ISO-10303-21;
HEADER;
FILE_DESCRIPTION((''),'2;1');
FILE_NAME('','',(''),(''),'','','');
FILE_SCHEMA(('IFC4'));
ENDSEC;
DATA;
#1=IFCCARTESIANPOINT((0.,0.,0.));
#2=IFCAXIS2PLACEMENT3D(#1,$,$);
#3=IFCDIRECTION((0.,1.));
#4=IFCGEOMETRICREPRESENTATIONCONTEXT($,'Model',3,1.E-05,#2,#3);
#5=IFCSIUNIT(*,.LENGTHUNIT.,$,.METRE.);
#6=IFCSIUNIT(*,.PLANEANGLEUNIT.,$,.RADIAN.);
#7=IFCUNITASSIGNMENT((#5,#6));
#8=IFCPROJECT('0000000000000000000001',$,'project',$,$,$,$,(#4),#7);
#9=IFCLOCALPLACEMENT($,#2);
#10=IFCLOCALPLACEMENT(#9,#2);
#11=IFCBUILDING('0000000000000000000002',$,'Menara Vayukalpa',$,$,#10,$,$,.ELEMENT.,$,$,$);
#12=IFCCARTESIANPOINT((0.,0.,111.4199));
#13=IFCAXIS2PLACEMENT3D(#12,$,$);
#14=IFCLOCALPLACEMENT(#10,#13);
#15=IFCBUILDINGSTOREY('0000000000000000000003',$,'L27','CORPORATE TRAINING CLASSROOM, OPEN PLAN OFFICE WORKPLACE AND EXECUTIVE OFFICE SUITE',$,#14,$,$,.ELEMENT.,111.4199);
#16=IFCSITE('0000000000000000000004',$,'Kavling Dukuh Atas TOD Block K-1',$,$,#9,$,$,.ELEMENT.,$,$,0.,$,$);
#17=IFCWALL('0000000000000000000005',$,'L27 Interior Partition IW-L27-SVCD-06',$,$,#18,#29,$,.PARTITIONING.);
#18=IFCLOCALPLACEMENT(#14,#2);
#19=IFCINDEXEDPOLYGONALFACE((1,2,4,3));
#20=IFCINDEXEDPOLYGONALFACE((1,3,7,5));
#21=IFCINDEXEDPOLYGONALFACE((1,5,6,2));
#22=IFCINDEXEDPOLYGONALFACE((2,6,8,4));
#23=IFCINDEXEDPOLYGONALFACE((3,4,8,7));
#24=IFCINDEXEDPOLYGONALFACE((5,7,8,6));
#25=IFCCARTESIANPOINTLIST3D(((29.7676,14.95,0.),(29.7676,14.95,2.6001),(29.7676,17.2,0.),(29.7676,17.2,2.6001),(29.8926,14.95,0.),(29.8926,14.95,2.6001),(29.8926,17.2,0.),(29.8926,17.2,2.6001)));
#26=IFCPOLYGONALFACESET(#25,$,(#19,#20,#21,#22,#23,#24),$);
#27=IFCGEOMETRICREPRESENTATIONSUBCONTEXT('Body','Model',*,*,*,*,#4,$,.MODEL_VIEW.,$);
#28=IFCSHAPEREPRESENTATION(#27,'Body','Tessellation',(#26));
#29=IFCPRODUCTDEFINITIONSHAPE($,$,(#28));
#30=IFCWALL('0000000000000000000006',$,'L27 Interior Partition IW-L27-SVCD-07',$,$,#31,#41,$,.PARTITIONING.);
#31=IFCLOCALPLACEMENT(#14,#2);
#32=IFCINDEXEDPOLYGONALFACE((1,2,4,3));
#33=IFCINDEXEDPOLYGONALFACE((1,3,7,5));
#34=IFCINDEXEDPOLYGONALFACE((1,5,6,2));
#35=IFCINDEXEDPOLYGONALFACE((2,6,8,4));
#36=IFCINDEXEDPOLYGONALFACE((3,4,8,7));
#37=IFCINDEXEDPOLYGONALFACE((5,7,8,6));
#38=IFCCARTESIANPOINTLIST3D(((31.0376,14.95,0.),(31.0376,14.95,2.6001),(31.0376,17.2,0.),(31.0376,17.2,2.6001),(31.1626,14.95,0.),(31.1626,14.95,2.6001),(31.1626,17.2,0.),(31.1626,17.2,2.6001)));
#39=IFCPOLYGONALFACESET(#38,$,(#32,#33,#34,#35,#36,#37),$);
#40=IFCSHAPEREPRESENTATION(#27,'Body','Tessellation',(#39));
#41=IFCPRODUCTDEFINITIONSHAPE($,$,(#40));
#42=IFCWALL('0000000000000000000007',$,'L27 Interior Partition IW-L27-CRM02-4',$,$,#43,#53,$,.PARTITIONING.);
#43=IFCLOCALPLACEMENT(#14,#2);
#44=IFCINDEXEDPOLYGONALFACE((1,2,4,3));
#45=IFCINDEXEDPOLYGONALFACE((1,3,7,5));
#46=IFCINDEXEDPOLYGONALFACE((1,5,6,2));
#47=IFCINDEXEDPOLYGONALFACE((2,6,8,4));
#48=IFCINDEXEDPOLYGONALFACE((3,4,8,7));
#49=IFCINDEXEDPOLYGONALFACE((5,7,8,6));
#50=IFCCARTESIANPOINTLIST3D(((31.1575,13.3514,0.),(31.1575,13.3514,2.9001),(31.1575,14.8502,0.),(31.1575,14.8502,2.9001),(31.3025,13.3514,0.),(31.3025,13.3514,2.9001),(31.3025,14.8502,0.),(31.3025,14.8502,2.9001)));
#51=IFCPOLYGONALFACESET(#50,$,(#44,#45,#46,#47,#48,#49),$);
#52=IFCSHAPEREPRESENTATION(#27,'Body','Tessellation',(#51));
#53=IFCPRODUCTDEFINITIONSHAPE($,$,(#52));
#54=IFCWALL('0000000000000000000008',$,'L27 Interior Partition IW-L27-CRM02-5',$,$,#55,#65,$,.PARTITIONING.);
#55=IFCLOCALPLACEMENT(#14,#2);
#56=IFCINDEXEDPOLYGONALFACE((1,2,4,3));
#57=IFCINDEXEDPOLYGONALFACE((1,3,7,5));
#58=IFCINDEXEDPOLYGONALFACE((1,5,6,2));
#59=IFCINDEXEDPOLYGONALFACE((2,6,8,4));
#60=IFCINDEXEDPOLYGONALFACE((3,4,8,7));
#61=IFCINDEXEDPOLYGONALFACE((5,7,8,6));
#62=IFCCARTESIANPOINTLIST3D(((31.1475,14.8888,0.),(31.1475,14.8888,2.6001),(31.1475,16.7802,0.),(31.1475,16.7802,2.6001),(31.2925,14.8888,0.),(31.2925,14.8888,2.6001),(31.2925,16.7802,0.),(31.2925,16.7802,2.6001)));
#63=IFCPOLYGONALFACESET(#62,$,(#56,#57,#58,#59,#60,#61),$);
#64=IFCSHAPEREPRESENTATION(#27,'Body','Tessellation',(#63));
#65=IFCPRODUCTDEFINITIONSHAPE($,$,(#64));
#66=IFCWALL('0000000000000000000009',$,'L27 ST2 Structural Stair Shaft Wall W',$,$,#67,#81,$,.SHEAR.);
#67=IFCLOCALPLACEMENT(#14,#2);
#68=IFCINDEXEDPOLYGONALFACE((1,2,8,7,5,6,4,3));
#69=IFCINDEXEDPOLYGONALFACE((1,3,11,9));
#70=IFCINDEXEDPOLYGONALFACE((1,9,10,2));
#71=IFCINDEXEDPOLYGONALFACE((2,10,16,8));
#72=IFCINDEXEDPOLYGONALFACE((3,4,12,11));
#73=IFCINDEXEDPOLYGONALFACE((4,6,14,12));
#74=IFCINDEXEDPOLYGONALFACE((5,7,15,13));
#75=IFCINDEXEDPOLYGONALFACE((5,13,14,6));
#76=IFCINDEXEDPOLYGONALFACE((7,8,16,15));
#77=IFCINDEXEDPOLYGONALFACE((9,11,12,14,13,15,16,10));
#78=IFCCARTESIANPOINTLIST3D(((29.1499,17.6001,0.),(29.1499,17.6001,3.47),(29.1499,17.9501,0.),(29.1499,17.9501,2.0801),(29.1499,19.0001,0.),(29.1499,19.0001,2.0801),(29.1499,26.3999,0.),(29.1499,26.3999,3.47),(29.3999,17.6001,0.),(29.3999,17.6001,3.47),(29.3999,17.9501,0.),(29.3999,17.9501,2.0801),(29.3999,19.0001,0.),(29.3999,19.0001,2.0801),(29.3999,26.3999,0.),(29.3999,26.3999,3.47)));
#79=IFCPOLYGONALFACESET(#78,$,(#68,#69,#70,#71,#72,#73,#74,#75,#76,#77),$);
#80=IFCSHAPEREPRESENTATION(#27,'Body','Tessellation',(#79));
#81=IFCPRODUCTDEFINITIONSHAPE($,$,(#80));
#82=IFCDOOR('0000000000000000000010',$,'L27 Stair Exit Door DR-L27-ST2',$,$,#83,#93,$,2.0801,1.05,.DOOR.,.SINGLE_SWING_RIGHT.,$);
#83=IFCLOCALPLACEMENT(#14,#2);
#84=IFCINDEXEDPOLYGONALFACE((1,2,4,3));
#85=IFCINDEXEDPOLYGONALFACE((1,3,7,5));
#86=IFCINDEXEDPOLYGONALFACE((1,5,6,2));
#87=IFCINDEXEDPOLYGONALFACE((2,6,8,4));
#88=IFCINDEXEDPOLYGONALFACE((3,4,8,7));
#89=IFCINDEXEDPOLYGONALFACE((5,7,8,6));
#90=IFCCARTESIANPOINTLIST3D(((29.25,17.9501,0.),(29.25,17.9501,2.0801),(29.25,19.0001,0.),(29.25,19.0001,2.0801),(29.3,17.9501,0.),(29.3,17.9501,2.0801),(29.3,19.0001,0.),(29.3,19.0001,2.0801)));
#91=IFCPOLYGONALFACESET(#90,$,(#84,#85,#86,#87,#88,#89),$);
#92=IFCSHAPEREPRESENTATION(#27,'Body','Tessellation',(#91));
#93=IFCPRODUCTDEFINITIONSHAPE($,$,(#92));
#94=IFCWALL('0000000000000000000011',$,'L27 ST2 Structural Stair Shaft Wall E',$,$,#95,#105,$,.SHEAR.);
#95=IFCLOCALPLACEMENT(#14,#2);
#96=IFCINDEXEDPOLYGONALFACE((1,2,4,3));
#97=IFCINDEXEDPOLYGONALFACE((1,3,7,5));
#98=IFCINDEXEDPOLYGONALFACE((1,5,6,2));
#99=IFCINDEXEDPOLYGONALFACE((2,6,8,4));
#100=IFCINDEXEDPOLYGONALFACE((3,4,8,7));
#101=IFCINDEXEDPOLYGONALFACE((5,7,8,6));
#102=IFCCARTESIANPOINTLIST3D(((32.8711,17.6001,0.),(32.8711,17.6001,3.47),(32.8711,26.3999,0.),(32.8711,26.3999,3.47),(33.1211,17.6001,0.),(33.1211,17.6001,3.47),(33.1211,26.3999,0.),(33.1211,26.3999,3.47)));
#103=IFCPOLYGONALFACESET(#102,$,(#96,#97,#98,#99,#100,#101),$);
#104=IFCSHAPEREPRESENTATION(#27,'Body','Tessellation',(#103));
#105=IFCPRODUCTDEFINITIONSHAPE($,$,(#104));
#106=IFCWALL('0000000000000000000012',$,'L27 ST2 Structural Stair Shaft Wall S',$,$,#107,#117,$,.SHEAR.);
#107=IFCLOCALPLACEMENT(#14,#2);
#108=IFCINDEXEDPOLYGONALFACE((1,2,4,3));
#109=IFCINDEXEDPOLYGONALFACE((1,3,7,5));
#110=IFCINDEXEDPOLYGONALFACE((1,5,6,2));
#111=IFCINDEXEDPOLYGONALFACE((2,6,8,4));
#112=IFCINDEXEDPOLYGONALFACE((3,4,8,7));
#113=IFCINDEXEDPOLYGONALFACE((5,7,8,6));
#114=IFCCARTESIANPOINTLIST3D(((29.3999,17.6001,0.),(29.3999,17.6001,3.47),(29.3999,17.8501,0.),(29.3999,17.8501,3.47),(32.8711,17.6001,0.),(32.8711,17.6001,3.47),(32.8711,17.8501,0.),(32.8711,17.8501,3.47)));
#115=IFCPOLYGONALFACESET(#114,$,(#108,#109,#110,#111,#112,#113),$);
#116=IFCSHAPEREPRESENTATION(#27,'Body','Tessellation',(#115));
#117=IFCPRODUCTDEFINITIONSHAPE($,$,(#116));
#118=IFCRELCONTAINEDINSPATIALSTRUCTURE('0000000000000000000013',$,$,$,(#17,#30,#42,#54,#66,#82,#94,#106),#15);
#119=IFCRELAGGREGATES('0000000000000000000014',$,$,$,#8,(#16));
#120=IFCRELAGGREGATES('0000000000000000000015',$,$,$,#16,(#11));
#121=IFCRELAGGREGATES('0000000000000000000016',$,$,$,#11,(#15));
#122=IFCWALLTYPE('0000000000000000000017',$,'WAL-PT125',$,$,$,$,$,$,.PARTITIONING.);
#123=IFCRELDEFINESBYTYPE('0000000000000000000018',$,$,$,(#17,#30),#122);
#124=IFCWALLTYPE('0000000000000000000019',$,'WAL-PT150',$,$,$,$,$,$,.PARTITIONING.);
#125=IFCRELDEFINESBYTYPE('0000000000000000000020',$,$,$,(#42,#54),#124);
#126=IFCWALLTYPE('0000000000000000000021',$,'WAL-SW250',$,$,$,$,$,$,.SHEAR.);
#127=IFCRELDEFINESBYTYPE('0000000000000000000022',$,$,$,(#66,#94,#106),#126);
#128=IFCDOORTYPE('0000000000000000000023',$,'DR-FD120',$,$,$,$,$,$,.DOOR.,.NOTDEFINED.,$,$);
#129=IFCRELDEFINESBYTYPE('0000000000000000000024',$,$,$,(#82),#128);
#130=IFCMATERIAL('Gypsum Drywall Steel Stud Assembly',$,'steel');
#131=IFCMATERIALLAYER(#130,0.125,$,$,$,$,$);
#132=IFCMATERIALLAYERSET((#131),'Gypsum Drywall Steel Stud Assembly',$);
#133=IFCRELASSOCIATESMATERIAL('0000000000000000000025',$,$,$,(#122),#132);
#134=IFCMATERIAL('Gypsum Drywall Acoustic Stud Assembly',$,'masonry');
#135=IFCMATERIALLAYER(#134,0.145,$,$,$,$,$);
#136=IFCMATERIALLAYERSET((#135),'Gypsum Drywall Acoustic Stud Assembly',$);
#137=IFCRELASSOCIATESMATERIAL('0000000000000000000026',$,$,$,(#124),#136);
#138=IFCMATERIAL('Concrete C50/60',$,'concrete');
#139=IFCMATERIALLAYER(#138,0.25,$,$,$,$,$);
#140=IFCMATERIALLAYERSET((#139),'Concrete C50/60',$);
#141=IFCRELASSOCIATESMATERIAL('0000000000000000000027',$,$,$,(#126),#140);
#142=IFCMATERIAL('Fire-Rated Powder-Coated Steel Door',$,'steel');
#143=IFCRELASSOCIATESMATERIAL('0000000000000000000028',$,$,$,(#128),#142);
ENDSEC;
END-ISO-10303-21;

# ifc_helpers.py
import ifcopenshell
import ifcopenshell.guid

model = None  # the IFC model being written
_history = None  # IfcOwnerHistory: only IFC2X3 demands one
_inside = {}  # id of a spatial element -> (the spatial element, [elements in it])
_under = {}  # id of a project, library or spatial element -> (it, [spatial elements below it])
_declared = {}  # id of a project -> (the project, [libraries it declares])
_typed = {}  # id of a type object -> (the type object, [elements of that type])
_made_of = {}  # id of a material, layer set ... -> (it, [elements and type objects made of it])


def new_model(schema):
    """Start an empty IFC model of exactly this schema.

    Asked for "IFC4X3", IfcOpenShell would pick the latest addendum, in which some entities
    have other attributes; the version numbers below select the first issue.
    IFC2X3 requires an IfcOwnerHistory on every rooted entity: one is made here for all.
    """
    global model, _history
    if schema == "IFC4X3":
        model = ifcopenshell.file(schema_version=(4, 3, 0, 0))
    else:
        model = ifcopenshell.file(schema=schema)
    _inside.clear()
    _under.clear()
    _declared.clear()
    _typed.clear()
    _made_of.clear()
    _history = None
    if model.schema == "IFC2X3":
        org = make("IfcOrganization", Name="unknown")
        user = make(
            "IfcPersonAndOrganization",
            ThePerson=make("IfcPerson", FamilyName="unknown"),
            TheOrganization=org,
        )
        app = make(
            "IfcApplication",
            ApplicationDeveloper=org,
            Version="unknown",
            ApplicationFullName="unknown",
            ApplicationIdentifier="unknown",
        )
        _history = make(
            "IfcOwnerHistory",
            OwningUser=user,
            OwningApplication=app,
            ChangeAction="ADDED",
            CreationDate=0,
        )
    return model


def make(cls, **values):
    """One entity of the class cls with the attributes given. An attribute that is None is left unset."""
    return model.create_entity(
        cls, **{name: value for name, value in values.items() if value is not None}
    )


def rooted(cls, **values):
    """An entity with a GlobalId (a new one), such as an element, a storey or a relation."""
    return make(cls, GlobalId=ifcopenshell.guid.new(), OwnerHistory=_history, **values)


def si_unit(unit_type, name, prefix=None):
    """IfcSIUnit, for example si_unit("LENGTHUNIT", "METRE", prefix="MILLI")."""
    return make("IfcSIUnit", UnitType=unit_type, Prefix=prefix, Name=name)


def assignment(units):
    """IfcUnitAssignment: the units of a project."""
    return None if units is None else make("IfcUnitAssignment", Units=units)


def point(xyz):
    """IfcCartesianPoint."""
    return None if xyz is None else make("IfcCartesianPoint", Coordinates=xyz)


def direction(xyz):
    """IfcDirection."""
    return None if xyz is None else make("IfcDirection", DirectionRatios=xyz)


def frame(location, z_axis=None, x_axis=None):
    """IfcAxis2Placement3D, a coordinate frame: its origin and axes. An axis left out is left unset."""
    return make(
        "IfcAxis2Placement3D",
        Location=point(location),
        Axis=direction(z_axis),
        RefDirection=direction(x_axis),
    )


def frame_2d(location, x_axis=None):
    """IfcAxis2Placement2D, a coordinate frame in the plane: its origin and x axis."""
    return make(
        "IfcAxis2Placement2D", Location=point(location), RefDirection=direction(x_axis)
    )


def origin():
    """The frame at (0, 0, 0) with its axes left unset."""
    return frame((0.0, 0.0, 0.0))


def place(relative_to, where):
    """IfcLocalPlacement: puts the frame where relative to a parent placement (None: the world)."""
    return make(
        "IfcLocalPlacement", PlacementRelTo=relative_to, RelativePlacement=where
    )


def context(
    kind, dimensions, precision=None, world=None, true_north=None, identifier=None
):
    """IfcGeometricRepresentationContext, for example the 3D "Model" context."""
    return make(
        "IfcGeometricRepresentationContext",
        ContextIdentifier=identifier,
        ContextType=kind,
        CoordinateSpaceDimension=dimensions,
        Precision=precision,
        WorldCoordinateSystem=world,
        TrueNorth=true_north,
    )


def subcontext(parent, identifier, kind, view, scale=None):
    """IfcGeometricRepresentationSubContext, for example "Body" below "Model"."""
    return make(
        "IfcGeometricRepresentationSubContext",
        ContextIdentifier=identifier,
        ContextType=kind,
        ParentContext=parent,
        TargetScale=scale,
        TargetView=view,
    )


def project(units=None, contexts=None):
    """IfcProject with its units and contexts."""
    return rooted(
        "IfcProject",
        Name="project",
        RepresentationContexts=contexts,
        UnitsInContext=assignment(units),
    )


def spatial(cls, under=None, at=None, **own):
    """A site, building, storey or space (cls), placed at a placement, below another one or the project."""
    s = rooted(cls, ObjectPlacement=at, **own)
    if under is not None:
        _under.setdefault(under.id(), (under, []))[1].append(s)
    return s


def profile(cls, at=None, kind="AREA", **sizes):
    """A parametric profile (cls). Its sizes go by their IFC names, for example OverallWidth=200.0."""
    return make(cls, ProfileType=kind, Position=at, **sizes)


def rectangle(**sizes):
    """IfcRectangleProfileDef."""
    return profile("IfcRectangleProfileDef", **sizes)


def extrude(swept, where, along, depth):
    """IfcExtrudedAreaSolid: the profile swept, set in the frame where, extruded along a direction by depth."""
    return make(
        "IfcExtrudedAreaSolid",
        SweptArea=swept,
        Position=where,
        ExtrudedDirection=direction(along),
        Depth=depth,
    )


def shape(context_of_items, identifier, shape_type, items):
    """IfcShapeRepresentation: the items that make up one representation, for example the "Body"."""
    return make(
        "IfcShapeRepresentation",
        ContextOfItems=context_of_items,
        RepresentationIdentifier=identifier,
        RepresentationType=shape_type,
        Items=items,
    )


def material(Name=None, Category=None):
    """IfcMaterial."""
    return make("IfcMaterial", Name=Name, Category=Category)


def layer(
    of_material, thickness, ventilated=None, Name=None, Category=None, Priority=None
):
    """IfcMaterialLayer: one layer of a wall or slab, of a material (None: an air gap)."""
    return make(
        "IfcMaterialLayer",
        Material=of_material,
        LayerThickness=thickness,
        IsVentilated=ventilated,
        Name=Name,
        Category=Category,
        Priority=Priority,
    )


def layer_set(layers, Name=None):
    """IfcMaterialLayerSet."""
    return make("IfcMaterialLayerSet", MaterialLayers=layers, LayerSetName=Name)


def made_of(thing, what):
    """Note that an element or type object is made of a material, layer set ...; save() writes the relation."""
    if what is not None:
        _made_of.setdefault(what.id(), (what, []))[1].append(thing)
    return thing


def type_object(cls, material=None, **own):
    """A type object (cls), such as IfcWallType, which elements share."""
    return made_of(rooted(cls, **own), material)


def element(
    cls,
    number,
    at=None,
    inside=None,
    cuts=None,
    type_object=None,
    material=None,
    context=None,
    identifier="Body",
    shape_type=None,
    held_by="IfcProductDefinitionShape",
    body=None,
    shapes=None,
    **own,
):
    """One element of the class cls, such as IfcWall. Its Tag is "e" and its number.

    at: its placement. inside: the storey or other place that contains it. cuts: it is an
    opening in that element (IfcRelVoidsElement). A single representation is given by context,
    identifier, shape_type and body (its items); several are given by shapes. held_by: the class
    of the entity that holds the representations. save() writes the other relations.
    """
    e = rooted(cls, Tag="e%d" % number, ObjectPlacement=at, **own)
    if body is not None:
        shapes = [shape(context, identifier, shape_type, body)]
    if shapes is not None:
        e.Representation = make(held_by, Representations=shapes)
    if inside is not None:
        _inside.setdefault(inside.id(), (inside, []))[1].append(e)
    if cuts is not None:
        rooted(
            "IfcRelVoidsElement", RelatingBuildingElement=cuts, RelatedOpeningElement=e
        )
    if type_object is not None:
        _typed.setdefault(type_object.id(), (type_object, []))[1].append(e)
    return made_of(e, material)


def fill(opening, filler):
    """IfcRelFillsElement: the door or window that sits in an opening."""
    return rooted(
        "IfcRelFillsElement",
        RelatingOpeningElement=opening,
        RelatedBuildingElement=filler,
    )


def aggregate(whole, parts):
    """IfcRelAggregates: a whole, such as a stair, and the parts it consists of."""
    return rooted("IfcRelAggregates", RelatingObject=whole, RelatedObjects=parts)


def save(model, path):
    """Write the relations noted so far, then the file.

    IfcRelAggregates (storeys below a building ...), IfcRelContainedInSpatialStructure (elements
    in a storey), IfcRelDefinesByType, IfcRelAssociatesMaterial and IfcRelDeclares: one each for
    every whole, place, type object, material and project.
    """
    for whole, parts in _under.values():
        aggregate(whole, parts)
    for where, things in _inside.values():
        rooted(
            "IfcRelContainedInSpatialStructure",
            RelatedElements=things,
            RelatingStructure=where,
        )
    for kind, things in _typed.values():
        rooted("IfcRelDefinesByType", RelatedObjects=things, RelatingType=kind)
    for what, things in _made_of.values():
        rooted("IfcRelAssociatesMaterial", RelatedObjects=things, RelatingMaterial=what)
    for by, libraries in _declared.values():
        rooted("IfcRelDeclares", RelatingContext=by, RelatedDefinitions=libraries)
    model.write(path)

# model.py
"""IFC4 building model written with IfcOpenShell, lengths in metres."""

from ifc_helpers import new_model, si_unit, direction, frame, frame_2d, origin, place, context, subcontext, project, spatial, rectangle, extrude, material, layer, layer_set, type_object, element, fill, save


model = new_model("IFC4")

# Units and contexts
model_context = context("Model", 3, precision=1e-05, world=origin(), true_north=direction((0.0, 1.0)))
body_context = subcontext(model_context, "Body", "Model", "MODEL_VIEW")
ifc_project = project(units=[si_unit("LENGTHUNIT", "METRE"), si_unit("PLANEANGLEUNIT", "RADIAN")], contexts=[model_context])

# Site, building, storey
site_placement = place(None, origin())
site = spatial("IfcSite", under=ifc_project, at=site_placement, Name="Kavling Dukuh Atas TOD Block K-1", CompositionType="ELEMENT", RefElevation=0.0)
building_placement = place(site_placement, origin())
building = spatial("IfcBuilding", under=site, at=building_placement, Name="Menara Vayukalpa", CompositionType="ELEMENT")
storey_placement = place(building_placement, frame((0.0, 0.0, 111.4199)))
storey = spatial("IfcBuildingStorey", under=building, at=storey_placement, Name="L27", Description="CORPORATE TRAINING CLASSROOM, OPEN PLAN OFFICE WORKPLACE AND EXECUTIVE OFFICE SUITE", CompositionType="ELEMENT", Elevation=111.4199)

# Walls
ifc_material_1 = material(Name="Gypsum Drywall Steel Stud Assembly", Category="steel")
ifc_layer_1 = layer(ifc_material_1, 0.125)
ifc_layer_set_1 = layer_set([ifc_layer_1], Name="Gypsum Drywall Steel Stud Assembly")
wall_type_1 = type_object("IfcWallType", Name="WAL-PT125", PredefinedType="PARTITIONING", material=ifc_layer_set_1)
for number, where, z_axis, x_axis, name in (
    (1, (29.8301, 14.95, 0.0), (0.0, 0.0, 1.0), (0.0, 1.0, 0.0), "L27 Interior Partition IW-L27-SVCD-06"),
    (2, (31.1001, 14.95, 0.0), (0.0, 0.0, 1.0), (0.0, 1.0, 0.0), "L27 Interior Partition IW-L27-SVCD-07"),
):
    element("IfcWall", number, at=place(storey_placement, frame(where, z_axis=z_axis, x_axis=x_axis)), inside=storey, type_object=wall_type_1, Name=name, PredefinedType="PARTITIONING", context=body_context, shape_type="SweptSolid", body=[
        extrude(rectangle(XDim=2.25, YDim=0.125, at=frame_2d((1.125, 0.0))), origin(), (0.0, 0.0, 1.0), 2.6001),
    ])
ifc_material_2 = material(Name="Gypsum Drywall Acoustic Stud Assembly", Category="masonry")
ifc_layer_2 = layer(ifc_material_2, 0.145)
ifc_layer_set_2 = layer_set([ifc_layer_2], Name="Gypsum Drywall Acoustic Stud Assembly")
wall_type_2 = type_object("IfcWallType", Name="WAL-PT150", PredefinedType="PARTITIONING", material=ifc_layer_set_2)
wall_1_placement = place(storey_placement, frame((31.23, 13.3513, 0.0), z_axis=(0.0, 0.0, 1.0), x_axis=(0.0, 1.0, 0.0)))
element("IfcWall", 3, at=wall_1_placement, inside=storey, type_object=wall_type_2, Name="L27 Interior Partition IW-L27-CRM02-4", PredefinedType="PARTITIONING", context=body_context, shape_type="SweptSolid", body=[
    extrude(rectangle(XDim=1.4988, YDim=0.145, at=frame_2d((0.7495, 0.0))), origin(), (0.0, 0.0, 1.0), 2.9001),
])
wall_2_placement = place(storey_placement, frame((31.22, 14.8887, 0.0), z_axis=(0.0, 0.0, 1.0), x_axis=(0.0, 1.0, 0.0)))
element("IfcWall", 4, at=wall_2_placement, inside=storey, type_object=wall_type_2, Name="L27 Interior Partition IW-L27-CRM02-5", PredefinedType="PARTITIONING", context=body_context, shape_type="SweptSolid", body=[
    extrude(rectangle(XDim=1.8914, YDim=0.145, at=frame_2d((0.9458, 0.0))), origin(), (0.0, 0.0, 1.0), 2.6001),
])

# Wall, opening, door
ifc_material_3 = material(Name="Concrete C50/60", Category="concrete")
ifc_layer_3 = layer(ifc_material_3, 0.25)
ifc_layer_set_3 = layer_set([ifc_layer_3], Name="Concrete C50/60")
wall_type_3 = type_object("IfcWallType", Name="WAL-SW250", PredefinedType="SHEAR", material=ifc_layer_set_3)
wall_3_placement = place(storey_placement, frame((29.2749, 17.6001, 0.0), z_axis=(0.0, 0.0, 1.0), x_axis=(0.0, 1.0, 0.0)))
wall_3 = element("IfcWall", 5, at=wall_3_placement, inside=storey, type_object=wall_type_3, Name="L27 ST2 Structural Stair Shaft Wall W", PredefinedType="SHEAR", context=body_context, shape_type="SweptSolid", body=[
    extrude(rectangle(XDim=8.7998, YDim=0.25, at=frame_2d((4.3999, 0.0))), origin(), (0.0, 0.0, 1.0), 3.47),
])
opening_placement = place(wall_3_placement, frame((0.3501, 0.0, 0.0)))
opening = element("IfcOpeningElement", 6, at=opening_placement, cuts=wall_3, PredefinedType="OPENING", context=body_context, shape_type="SweptSolid", body=[
    extrude(rectangle(XDim=1.05, YDim=2.0801, at=frame_2d((0.5249, 1.04))), frame((0.0, 0.135, 0.0), z_axis=(0.0, -1.0, 0.0), x_axis=(1.0, 0.0, 0.0)), (0.0, 0.0, 1.0), 0.27),
])
ifc_material_4 = material(Name="Fire-Rated Powder-Coated Steel Door", Category="steel")
door_type = type_object("IfcDoorType", Name="DR-FD120", OperationType="NOTDEFINED", PredefinedType="DOOR", material=ifc_material_4)
door_placement = place(opening_placement, origin())
door = element("IfcDoor", 7, at=door_placement, inside=storey, type_object=door_type, Name="L27 Stair Exit Door DR-L27-ST2", OperationType="SINGLE_SWING_RIGHT", OverallHeight=2.0801, OverallWidth=1.05, PredefinedType="DOOR", context=body_context, shape_type="SweptSolid", body=[
    extrude(rectangle(XDim=1.05, YDim=2.0801, at=frame_2d((0.5249, 1.04))), frame((0.0, 0.0249, 0.0), z_axis=(0.0, -1.0, 0.0), x_axis=(1.0, 0.0, 0.0)), (0.0, 0.0, 1.0), 0.05),
])
fill(opening, door)

# Walls
wall_4_placement = place(storey_placement, frame((32.9961, 17.6001, 0.0), z_axis=(0.0, 0.0, 1.0), x_axis=(0.0, 1.0, 0.0)))
element("IfcWall", 8, at=wall_4_placement, inside=storey, type_object=wall_type_3, Name="L27 ST2 Structural Stair Shaft Wall E", PredefinedType="SHEAR", context=body_context, shape_type="SweptSolid", body=[
    extrude(rectangle(XDim=8.7998, YDim=0.25, at=frame_2d((4.3999, 0.0))), origin(), (0.0, 0.0, 1.0), 3.47),
])
wall_5_placement = place(storey_placement, frame((29.3999, 17.7251, 0.0), z_axis=(0.0, 0.0, 1.0), x_axis=(1.0, 0.0, 0.0)))
element("IfcWall", 9, at=wall_5_placement, inside=storey, type_object=wall_type_3, Name="L27 ST2 Structural Stair Shaft Wall S", PredefinedType="SHEAR", context=body_context, shape_type="SweptSolid", body=[
    extrude(rectangle(XDim=3.4712, YDim=0.25, at=frame_2d((1.7356, 0.0))), origin(), (0.0, 0.0, 1.0), 3.47),
])

save(model, "model.ifc")
